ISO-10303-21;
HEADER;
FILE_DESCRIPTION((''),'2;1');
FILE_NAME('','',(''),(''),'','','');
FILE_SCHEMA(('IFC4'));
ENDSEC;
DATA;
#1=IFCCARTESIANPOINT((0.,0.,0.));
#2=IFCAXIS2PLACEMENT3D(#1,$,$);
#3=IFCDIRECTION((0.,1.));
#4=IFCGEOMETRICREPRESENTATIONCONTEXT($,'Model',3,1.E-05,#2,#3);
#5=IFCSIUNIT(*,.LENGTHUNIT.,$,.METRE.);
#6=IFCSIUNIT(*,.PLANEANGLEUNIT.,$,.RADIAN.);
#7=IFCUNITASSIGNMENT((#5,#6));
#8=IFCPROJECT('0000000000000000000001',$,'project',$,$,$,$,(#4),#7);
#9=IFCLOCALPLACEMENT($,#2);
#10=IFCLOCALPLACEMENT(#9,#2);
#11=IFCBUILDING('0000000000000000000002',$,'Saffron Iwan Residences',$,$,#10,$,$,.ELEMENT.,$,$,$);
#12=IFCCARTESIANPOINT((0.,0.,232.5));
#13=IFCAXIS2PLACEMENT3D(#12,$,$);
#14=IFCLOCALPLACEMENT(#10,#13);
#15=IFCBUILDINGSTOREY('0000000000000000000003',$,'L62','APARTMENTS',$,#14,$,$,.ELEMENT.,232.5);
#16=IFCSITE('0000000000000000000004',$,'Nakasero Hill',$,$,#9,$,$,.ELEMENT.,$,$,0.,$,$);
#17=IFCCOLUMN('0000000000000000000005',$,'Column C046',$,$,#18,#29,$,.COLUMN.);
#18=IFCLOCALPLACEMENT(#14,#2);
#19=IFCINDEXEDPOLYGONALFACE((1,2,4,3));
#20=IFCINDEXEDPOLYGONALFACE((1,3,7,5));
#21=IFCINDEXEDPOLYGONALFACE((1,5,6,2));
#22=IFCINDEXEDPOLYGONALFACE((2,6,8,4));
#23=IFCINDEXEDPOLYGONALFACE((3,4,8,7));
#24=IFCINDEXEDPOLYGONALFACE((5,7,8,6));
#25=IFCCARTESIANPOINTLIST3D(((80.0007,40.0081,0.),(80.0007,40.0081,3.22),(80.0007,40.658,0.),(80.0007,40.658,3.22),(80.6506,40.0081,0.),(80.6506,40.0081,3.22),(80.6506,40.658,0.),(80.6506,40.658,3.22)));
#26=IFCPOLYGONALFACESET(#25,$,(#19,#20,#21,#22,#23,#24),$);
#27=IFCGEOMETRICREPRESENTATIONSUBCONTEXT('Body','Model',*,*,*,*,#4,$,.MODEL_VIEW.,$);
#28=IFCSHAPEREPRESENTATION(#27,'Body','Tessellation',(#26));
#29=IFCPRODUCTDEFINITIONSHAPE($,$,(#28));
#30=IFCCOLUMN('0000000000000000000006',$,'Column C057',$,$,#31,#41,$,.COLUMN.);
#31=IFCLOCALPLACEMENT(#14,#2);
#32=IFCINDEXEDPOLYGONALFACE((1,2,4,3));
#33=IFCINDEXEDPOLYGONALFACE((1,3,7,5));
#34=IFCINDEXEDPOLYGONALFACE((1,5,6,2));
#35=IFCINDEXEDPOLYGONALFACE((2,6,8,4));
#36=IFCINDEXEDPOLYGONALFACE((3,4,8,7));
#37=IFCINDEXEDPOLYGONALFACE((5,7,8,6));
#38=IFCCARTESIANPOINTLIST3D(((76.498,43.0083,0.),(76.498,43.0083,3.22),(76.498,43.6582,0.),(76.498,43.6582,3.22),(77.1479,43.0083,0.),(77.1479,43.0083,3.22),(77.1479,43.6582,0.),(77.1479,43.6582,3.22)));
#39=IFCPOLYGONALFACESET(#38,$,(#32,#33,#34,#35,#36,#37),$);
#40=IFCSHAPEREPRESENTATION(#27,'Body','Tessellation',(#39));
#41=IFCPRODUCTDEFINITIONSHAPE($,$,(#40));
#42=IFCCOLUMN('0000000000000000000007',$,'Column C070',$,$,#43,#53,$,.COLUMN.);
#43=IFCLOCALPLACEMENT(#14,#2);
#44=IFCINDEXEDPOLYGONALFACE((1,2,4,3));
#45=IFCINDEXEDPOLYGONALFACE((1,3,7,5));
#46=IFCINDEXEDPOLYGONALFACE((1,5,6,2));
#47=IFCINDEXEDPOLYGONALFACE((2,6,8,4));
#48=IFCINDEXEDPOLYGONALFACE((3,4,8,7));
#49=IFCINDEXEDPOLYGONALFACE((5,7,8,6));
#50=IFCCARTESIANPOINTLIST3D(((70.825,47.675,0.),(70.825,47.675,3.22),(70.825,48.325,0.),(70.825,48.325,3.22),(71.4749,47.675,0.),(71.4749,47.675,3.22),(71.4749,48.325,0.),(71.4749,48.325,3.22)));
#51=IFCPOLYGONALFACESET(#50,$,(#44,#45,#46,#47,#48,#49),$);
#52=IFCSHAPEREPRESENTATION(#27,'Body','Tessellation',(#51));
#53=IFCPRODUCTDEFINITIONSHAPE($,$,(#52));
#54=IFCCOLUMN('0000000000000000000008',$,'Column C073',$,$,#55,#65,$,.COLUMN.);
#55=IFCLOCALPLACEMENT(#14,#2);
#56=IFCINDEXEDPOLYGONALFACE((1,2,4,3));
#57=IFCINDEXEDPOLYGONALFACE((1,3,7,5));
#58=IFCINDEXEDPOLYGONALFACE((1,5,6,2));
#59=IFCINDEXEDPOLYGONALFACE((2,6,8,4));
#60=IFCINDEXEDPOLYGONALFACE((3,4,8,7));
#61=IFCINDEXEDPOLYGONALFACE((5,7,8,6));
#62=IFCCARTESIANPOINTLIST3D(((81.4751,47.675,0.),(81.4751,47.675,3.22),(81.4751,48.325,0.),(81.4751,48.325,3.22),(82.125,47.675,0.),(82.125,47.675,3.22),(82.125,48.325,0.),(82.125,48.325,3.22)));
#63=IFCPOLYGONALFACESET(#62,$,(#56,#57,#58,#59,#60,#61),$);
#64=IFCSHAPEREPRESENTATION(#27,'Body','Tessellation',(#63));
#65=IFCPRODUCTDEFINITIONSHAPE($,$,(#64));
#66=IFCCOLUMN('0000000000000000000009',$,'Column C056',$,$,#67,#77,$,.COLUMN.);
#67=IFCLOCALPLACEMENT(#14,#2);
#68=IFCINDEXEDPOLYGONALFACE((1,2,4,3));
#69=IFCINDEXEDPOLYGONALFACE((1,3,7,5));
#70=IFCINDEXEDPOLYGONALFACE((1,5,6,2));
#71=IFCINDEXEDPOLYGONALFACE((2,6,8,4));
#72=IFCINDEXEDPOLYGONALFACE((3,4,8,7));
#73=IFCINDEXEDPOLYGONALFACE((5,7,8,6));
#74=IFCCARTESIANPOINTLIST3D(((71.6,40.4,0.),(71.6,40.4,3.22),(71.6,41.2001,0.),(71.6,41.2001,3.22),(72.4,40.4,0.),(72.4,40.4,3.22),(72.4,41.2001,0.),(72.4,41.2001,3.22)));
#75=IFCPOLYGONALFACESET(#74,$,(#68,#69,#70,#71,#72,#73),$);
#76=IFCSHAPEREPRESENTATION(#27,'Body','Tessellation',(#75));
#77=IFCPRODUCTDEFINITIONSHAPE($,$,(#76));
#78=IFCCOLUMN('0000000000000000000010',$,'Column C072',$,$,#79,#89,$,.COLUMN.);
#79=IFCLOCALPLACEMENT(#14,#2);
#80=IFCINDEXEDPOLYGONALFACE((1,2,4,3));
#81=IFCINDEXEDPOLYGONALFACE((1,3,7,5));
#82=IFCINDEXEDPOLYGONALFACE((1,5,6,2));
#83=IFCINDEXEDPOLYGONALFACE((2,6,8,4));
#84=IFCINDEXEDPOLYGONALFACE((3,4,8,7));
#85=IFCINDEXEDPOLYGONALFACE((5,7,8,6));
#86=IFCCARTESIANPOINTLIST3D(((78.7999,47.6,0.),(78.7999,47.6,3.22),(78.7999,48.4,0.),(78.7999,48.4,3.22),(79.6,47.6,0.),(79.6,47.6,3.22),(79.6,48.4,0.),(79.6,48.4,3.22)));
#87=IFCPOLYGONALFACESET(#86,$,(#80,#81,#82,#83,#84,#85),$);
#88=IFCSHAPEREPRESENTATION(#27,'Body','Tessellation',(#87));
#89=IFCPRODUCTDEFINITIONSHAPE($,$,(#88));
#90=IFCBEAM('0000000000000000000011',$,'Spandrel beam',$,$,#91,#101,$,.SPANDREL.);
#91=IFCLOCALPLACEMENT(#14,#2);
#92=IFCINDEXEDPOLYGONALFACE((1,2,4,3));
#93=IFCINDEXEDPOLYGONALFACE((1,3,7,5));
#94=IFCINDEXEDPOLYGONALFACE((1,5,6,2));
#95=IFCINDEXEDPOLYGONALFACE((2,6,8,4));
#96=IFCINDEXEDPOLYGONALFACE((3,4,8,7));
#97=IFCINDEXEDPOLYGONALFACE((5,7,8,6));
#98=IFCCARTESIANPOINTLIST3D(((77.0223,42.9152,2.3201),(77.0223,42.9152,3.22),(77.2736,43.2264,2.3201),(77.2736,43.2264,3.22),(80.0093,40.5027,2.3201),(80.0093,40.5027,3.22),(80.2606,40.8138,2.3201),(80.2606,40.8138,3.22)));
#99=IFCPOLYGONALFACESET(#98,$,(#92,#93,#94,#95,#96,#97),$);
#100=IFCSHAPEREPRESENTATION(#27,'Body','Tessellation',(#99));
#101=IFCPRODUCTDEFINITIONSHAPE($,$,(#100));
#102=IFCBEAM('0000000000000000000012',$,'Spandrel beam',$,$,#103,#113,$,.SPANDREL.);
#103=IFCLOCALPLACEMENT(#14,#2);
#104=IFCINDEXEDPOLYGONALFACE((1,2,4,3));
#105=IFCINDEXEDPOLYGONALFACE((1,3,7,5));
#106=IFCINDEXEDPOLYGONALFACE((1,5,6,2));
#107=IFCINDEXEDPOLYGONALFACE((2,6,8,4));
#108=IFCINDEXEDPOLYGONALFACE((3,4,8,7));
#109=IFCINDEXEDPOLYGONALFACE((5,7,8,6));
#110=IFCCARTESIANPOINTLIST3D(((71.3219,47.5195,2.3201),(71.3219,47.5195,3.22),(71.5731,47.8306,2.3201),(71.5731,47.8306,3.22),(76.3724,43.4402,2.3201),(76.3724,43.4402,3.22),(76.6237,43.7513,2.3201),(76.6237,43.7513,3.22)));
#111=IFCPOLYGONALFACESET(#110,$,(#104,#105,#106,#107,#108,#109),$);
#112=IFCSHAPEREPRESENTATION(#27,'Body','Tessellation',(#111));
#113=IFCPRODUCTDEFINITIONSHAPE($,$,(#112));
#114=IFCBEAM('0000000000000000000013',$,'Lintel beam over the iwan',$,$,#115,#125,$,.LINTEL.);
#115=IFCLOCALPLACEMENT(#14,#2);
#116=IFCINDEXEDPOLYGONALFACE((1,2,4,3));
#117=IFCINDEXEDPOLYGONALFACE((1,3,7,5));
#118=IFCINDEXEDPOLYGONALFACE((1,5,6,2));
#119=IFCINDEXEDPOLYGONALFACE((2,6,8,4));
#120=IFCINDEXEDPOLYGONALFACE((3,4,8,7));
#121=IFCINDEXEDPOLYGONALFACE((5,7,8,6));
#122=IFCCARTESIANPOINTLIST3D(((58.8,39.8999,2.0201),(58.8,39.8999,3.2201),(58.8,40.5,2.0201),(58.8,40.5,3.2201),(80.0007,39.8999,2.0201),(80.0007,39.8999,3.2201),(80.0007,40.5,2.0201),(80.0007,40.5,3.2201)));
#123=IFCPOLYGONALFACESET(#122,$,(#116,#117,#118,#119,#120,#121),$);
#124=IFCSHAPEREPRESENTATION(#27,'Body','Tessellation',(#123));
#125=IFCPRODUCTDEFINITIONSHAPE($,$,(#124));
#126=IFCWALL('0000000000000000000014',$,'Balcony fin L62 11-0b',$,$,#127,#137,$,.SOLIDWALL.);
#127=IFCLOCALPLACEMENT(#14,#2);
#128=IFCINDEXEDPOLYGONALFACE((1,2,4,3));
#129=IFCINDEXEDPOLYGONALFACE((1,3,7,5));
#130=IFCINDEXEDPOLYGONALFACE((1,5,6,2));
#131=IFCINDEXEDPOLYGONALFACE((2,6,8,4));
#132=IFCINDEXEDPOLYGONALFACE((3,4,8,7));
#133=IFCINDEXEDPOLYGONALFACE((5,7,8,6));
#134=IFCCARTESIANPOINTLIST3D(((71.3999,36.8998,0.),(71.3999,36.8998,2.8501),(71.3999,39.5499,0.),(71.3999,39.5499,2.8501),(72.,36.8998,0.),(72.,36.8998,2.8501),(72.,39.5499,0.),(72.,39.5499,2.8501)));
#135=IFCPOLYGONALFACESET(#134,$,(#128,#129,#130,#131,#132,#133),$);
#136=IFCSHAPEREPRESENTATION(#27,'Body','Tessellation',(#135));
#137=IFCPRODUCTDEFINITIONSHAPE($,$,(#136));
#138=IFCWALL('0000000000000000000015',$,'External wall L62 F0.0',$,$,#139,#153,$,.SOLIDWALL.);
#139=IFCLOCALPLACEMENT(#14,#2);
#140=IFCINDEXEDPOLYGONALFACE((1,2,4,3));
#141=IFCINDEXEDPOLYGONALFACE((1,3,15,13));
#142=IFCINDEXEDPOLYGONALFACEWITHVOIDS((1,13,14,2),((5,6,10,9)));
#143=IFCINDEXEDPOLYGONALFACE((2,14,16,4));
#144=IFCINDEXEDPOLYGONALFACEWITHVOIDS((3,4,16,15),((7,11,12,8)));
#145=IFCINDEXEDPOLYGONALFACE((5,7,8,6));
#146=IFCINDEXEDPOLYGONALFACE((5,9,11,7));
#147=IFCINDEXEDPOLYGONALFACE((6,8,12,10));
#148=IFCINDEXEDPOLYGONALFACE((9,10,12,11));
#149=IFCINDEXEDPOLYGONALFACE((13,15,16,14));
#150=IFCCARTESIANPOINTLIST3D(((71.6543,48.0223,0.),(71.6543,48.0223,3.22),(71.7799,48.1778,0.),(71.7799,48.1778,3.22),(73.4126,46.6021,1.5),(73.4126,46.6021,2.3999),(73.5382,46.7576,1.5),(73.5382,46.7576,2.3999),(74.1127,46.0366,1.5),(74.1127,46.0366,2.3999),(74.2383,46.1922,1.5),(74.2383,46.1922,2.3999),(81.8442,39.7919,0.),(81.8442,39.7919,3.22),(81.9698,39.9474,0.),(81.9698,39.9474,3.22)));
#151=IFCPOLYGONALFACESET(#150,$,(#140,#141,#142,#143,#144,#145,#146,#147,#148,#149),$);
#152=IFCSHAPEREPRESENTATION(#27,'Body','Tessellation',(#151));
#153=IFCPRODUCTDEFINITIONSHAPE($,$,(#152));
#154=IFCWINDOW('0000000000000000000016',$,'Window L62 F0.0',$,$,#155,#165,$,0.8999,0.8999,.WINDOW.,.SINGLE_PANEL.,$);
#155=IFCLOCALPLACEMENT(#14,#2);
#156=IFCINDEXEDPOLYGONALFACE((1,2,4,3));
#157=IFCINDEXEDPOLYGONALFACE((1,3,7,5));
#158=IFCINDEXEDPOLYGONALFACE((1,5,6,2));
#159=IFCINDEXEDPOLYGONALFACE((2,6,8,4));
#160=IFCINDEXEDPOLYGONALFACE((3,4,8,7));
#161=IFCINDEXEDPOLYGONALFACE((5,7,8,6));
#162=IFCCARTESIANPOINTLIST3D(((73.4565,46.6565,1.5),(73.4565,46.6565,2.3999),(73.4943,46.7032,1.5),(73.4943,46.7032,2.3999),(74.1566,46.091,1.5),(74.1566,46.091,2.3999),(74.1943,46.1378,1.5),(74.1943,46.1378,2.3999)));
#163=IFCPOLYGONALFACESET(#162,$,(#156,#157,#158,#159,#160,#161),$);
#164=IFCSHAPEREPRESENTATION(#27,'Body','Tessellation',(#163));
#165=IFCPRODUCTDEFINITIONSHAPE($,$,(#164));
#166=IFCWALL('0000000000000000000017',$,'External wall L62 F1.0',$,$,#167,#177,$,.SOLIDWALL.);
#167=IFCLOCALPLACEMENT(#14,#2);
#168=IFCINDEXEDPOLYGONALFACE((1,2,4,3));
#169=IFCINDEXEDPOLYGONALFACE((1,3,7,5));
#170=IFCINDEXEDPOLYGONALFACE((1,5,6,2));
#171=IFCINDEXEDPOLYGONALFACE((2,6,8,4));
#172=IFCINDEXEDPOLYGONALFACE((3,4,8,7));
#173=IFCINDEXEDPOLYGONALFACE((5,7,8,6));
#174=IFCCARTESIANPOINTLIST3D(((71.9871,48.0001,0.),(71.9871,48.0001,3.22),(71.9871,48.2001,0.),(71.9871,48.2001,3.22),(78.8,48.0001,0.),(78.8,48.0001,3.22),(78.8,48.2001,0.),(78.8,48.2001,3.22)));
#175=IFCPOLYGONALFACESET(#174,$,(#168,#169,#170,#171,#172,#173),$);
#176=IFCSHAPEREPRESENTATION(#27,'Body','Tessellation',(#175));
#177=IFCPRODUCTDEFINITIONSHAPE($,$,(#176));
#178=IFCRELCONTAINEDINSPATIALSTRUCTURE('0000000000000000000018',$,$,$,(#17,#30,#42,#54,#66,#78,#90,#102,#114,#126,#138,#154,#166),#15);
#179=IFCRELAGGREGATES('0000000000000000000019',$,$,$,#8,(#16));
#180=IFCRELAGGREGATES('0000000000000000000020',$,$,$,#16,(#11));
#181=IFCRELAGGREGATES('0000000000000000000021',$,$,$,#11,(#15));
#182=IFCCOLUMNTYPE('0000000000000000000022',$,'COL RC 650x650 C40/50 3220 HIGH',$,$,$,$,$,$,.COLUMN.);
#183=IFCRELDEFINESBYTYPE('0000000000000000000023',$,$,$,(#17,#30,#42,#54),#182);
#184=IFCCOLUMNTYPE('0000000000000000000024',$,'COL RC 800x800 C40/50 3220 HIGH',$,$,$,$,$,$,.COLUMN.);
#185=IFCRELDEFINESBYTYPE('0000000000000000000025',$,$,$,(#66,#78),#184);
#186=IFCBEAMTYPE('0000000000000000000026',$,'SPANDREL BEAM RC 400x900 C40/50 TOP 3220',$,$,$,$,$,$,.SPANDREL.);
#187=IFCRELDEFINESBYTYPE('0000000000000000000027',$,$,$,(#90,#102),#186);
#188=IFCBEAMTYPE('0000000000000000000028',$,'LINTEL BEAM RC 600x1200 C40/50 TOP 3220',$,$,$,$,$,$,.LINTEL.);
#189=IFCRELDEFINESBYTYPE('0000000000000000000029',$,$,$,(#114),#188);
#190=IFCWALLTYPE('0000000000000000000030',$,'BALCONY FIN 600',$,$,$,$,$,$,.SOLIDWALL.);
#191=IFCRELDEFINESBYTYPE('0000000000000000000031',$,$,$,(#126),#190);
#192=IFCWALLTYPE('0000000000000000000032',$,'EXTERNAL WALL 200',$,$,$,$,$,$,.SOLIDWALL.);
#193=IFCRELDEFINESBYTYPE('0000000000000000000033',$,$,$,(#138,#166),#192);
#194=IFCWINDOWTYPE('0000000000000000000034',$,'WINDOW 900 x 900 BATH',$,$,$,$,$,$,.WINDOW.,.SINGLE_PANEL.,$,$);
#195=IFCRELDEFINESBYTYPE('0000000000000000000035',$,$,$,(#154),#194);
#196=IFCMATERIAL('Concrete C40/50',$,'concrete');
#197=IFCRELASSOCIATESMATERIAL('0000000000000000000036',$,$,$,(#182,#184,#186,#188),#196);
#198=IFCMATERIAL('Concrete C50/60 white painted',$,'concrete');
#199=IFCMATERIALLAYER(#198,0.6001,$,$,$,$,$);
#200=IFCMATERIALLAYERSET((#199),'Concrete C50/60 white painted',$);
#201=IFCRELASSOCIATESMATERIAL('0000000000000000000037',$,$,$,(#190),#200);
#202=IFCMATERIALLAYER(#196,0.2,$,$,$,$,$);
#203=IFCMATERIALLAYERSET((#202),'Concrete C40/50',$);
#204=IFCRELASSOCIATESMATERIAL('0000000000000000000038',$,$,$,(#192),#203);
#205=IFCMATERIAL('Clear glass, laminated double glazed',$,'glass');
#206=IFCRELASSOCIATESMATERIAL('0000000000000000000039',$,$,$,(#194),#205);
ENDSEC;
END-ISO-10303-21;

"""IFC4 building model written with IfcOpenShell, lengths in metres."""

from ifc_helpers import new_model, si_unit, direction, frame, frame_2d, origin, origin_2d, place, context, subcontext, project, spatial, rectangle, extrude, source, transform, mapped, material, layer, layer_set, material_profile, profile_set, type_object, element, fill, save


model = new_model("IFC4")

# Units and contexts
model_context = context("Model", 3, precision=1e-05, world=origin(), true_north=direction((0.0, 1.0)))
body_context = subcontext(model_context, "Body", "Model", "MODEL_VIEW")
ifc_project = project(units=[si_unit("LENGTHUNIT", "METRE"), si_unit("PLANEANGLEUNIT", "RADIAN")], contexts=[model_context])

# Site, building, storey
site_placement = place(None, origin())
site = spatial("IfcSite", under=ifc_project, at=site_placement, Name="Nakasero Hill", CompositionType="ELEMENT", RefElevation=0.0)
building_placement = place(site_placement, origin())
building = spatial("IfcBuilding", under=site, at=building_placement, Name="Saffron Iwan Residences", CompositionType="ELEMENT")
storey_placement = place(building_placement, frame((0.0, 0.0, 232.5)))
storey = spatial("IfcBuildingStorey", under=building, at=storey_placement, Name="L62", Description="APARTMENTS", CompositionType="ELEMENT", Elevation=232.5)

# Columns
ifc_material_1 = material(Name="Concrete C40/50", Category="concrete")
ifc_material_profile_1 = material_profile(ifc_material_1, rectangle(XDim=0.6499, YDim=0.6499, at=origin_2d()), Name="RC 650x650")
ifc_profile_set_1 = profile_set([ifc_material_profile_1], Name="Concrete C40/50")
column_type_1 = type_object("IfcColumnType", Name="COL RC 650x650 C40/50 3220 HIGH", PredefinedType="COLUMN", material=ifc_profile_set_1)
shared_shape_1 = source(origin(), body_context, "Body", "SweptSolid", [
    extrude(rectangle(XDim=0.6499, YDim=0.6499, at=origin_2d()), origin(), (0.0, 0.0, 1.0), 3.22),
])
for number, where, z_axis, x_axis, name in (
    (1, (80.3257, 40.333, 0.0), (0.0, 0.0, 1.0), (1.0, 0.0, 0.0), "Column C046"),
    (2, (76.823, 43.3333, 0.0), (0.0, 0.0, 1.0), (1.0, 0.0, 0.0), "Column C057"),
    (3, (71.1499, 48.0, 0.0), (0.0, 0.0, 1.0), (1.0, 0.0, 0.0), "Column C070"),
    (4, (81.8, 48.0, 0.0), (0.0, 0.0, 1.0), (1.0, 0.0, 0.0), "Column C073"),
):
    element("IfcColumn", number, at=place(storey_placement, frame(where, z_axis=z_axis, x_axis=x_axis)), inside=storey, type_object=column_type_1, Name=name, PredefinedType="COLUMN", context=body_context, shape_type="MappedRepresentation", body=[
        mapped(shared_shape_1, transform((0.0, 0.0, 0.0))),
    ])
ifc_material_profile_2 = material_profile(ifc_material_1, rectangle(XDim=0.8, YDim=0.8, at=origin_2d()), Name="RC 800x800")
ifc_profile_set_2 = profile_set([ifc_material_profile_2], Name="Concrete C40/50")
column_type_2 = type_object("IfcColumnType", Name="COL RC 800x800 C40/50 3220 HIGH", PredefinedType="COLUMN", material=ifc_profile_set_2)
shared_shape_2 = source(origin(), body_context, "Body", "SweptSolid", [
    extrude(rectangle(XDim=0.8, YDim=0.8, at=origin_2d()), origin(), (0.0, 0.0, 1.0), 3.22),
])
for number, where, z_axis, x_axis, name in (
    (5, (72.0, 40.8, 0.0), (0.0, 0.0, 1.0), (1.0, 0.0, 0.0), "Column C056"),
    (6, (79.2, 48.0, 0.0), (0.0, 0.0, 1.0), (1.0, 0.0, 0.0), "Column C072"),
):
    element("IfcColumn", number, at=place(storey_placement, frame(where, z_axis=z_axis, x_axis=x_axis)), inside=storey, type_object=column_type_2, Name=name, PredefinedType="COLUMN", context=body_context, shape_type="MappedRepresentation", body=[
        mapped(shared_shape_2, transform((0.0, 0.0, 0.0))),
    ])

# Beams
ifc_material_profile_3 = material_profile(ifc_material_1, rectangle(XDim=0.3999, YDim=0.8999, at=origin_2d()), Name="RC 400x900")
ifc_profile_set_3 = profile_set([ifc_material_profile_3], Name="Concrete C40/50")
beam_type_1 = type_object("IfcBeamType", Name="SPANDREL BEAM RC 400x900 C40/50 TOP 3220", PredefinedType="SPANDREL", material=ifc_profile_set_3)
shared_shape_3 = source(origin(), body_context, "Body", "SweptSolid", [
    extrude(rectangle(XDim=0.3999, YDim=0.8999, at=origin_2d()), origin(), (0.0, 0.0, 1.0), 3.8396),
])
beam_1_placement = place(storey_placement, frame((77.1479, 43.0708, 2.77), z_axis=(0.777945, -0.628333, 0.0), x_axis=(0.628333, 0.777945, 0.0)))
element("IfcBeam", 7, at=beam_1_placement, inside=storey, type_object=beam_type_1, Name="Spandrel beam", PredefinedType="SPANDREL", context=body_context, shape_type="MappedRepresentation", body=[
    mapped(shared_shape_3, transform((0.0, 0.0, 0.0))),
])
shared_shape_4 = source(origin(), body_context, "Body", "SweptSolid", [
    extrude(rectangle(XDim=0.3999, YDim=0.8999, at=origin_2d()), origin(), (0.0, 0.0, 1.0), 6.4922),
])
beam_2_placement = place(storey_placement, frame((71.4475, 47.675, 2.77), z_axis=(0.777936, -0.628343, 0.0), x_axis=(0.628343, 0.777936, 0.0)))
element("IfcBeam", 8, at=beam_2_placement, inside=storey, type_object=beam_type_1, Name="Spandrel beam", PredefinedType="SPANDREL", context=body_context, shape_type="MappedRepresentation", body=[
    mapped(shared_shape_4, transform((0.0, 0.0, 0.0))),
])
ifc_material_profile_4 = material_profile(ifc_material_1, rectangle(XDim=0.6001, YDim=1.2, at=origin_2d()), Name="RC 600x1200")
ifc_profile_set_4 = profile_set([ifc_material_profile_4], Name="Concrete C40/50")
beam_type_2 = type_object("IfcBeamType", Name="LINTEL BEAM RC 600x1200 C40/50 TOP 3220", PredefinedType="LINTEL", material=ifc_profile_set_4)
shared_shape_5 = source(origin(), body_context, "Body", "SweptSolid", [
    extrude(rectangle(XDim=0.6001, YDim=1.2, at=origin_2d()), origin(), (0.0, 0.0, 1.0), 21.2007),
])
beam_3_placement = place(storey_placement, frame((80.0007, 40.2, 2.6201), z_axis=(-1.0, 0.0, 0.0), x_axis=(0.0, -1.0, 0.0)))
element("IfcBeam", 9, at=beam_3_placement, inside=storey, type_object=beam_type_2, Name="Lintel beam over the iwan", PredefinedType="LINTEL", context=body_context, shape_type="MappedRepresentation", body=[
    mapped(shared_shape_5, transform((0.0, 0.0, 0.0))),
])

# Wall
ifc_material_2 = material(Name="Concrete C50/60 white painted", Category="concrete")
ifc_layer_1 = layer(ifc_material_2, 0.6001)
ifc_layer_set_1 = layer_set([ifc_layer_1], Name="Concrete C50/60 white painted")
wall_type_1 = type_object("IfcWallType", Name="BALCONY FIN 600", PredefinedType="SOLIDWALL", material=ifc_layer_set_1)
wall_1_placement = place(storey_placement, frame((71.7, 39.55, 0.0), z_axis=(0.0, 0.0, 1.0), x_axis=(0.0, -1.0, 0.0)))
element("IfcWall", 10, at=wall_1_placement, inside=storey, type_object=wall_type_1, Name="Balcony fin L62 11-0b", PredefinedType="SOLIDWALL", context=body_context, shape_type="SweptSolid", body=[
    extrude(rectangle(XDim=2.6501, YDim=0.6001, at=frame_2d((1.3252, 0.0))), origin(), (0.0, 0.0, 1.0), 2.8501),
])

# Wall, opening, window
ifc_layer_2 = layer(ifc_material_1, 0.2)
ifc_layer_set_2 = layer_set([ifc_layer_2], Name="Concrete C40/50")
wall_type_2 = type_object("IfcWallType", Name="EXTERNAL WALL 200", PredefinedType="SOLIDWALL", material=ifc_layer_set_2)
wall_2_placement = place(storey_placement, frame((81.907, 39.8696, 0.0), z_axis=(0.0, 0.0, 1.0), x_axis=(-0.777936, 0.628343, 0.0)))
wall_2 = element("IfcWall", 11, at=wall_2_placement, inside=storey, type_object=wall_type_2, Name="External wall L62 F0.0", PredefinedType="SOLIDWALL", context=body_context, shape_type="SweptSolid", body=[
    extrude(rectangle(XDim=13.0986, YDim=0.2, at=frame_2d((6.5493, 0.0))), origin(), (0.0, 0.0, 1.0), 3.22),
])
opening_1_placement = place(wall_2_placement, frame((9.9385, 0.0, 1.5)))
opening_1 = element("IfcOpeningElement", 12, at=opening_1_placement, cuts=wall_2, PredefinedType="OPENING", context=body_context, shape_type="SweptSolid", body=[
    extrude(rectangle(XDim=0.8999, YDim=0.8999, at=frame_2d((0.45, 0.45))), frame((0.0, 0.1099, 0.0), z_axis=(0.0, -1.0, 0.0), x_axis=(1.0, 0.0, 0.0)), (0.0, 0.0, 1.0), 0.22),
])
ifc_material_3 = material(Name="Clear glass, laminated double glazed", Category="glass")
window_type_1 = type_object("IfcWindowType", Name="WINDOW 900 x 900 BATH", PartitioningType="SINGLE_PANEL", PredefinedType="WINDOW", material=ifc_material_3)
window_1_placement = place(opening_1_placement, origin())
window_1 = element("IfcWindow", 13, at=window_1_placement, inside=storey, type_object=window_type_1, Name="Window L62 F0.0", OverallHeight=0.8999, OverallWidth=0.8999, PartitioningType="SINGLE_PANEL", PredefinedType="WINDOW", context=body_context, shape_type="SweptSolid", body=[
    extrude(rectangle(XDim=0.8999, YDim=0.8999, at=frame_2d((0.45, 0.45))), frame((0.0, 0.03, 0.0), z_axis=(0.0, -1.0, 0.0), x_axis=(1.0, 0.0, 0.0)), (0.0, 0.0, 1.0), 0.0601),
])
fill(opening_1, window_1)

# Wall
wall_3_placement = place(storey_placement, frame((71.9871, 48.1001, 0.0), z_axis=(0.0, 0.0, 1.0), x_axis=(1.0, 0.0, 0.0)))
element("IfcWall", 14, at=wall_3_placement, inside=storey, type_object=wall_type_2, Name="External wall L62 F1.0", PredefinedType="SOLIDWALL", context=body_context, shape_type="SweptSolid", body=[
    extrude(rectangle(XDim=6.813, YDim=0.2, at=frame_2d((3.4065, 0.0))), origin(), (0.0, 0.0, 1.0), 3.22),
])

save(model, "model.ifc")
